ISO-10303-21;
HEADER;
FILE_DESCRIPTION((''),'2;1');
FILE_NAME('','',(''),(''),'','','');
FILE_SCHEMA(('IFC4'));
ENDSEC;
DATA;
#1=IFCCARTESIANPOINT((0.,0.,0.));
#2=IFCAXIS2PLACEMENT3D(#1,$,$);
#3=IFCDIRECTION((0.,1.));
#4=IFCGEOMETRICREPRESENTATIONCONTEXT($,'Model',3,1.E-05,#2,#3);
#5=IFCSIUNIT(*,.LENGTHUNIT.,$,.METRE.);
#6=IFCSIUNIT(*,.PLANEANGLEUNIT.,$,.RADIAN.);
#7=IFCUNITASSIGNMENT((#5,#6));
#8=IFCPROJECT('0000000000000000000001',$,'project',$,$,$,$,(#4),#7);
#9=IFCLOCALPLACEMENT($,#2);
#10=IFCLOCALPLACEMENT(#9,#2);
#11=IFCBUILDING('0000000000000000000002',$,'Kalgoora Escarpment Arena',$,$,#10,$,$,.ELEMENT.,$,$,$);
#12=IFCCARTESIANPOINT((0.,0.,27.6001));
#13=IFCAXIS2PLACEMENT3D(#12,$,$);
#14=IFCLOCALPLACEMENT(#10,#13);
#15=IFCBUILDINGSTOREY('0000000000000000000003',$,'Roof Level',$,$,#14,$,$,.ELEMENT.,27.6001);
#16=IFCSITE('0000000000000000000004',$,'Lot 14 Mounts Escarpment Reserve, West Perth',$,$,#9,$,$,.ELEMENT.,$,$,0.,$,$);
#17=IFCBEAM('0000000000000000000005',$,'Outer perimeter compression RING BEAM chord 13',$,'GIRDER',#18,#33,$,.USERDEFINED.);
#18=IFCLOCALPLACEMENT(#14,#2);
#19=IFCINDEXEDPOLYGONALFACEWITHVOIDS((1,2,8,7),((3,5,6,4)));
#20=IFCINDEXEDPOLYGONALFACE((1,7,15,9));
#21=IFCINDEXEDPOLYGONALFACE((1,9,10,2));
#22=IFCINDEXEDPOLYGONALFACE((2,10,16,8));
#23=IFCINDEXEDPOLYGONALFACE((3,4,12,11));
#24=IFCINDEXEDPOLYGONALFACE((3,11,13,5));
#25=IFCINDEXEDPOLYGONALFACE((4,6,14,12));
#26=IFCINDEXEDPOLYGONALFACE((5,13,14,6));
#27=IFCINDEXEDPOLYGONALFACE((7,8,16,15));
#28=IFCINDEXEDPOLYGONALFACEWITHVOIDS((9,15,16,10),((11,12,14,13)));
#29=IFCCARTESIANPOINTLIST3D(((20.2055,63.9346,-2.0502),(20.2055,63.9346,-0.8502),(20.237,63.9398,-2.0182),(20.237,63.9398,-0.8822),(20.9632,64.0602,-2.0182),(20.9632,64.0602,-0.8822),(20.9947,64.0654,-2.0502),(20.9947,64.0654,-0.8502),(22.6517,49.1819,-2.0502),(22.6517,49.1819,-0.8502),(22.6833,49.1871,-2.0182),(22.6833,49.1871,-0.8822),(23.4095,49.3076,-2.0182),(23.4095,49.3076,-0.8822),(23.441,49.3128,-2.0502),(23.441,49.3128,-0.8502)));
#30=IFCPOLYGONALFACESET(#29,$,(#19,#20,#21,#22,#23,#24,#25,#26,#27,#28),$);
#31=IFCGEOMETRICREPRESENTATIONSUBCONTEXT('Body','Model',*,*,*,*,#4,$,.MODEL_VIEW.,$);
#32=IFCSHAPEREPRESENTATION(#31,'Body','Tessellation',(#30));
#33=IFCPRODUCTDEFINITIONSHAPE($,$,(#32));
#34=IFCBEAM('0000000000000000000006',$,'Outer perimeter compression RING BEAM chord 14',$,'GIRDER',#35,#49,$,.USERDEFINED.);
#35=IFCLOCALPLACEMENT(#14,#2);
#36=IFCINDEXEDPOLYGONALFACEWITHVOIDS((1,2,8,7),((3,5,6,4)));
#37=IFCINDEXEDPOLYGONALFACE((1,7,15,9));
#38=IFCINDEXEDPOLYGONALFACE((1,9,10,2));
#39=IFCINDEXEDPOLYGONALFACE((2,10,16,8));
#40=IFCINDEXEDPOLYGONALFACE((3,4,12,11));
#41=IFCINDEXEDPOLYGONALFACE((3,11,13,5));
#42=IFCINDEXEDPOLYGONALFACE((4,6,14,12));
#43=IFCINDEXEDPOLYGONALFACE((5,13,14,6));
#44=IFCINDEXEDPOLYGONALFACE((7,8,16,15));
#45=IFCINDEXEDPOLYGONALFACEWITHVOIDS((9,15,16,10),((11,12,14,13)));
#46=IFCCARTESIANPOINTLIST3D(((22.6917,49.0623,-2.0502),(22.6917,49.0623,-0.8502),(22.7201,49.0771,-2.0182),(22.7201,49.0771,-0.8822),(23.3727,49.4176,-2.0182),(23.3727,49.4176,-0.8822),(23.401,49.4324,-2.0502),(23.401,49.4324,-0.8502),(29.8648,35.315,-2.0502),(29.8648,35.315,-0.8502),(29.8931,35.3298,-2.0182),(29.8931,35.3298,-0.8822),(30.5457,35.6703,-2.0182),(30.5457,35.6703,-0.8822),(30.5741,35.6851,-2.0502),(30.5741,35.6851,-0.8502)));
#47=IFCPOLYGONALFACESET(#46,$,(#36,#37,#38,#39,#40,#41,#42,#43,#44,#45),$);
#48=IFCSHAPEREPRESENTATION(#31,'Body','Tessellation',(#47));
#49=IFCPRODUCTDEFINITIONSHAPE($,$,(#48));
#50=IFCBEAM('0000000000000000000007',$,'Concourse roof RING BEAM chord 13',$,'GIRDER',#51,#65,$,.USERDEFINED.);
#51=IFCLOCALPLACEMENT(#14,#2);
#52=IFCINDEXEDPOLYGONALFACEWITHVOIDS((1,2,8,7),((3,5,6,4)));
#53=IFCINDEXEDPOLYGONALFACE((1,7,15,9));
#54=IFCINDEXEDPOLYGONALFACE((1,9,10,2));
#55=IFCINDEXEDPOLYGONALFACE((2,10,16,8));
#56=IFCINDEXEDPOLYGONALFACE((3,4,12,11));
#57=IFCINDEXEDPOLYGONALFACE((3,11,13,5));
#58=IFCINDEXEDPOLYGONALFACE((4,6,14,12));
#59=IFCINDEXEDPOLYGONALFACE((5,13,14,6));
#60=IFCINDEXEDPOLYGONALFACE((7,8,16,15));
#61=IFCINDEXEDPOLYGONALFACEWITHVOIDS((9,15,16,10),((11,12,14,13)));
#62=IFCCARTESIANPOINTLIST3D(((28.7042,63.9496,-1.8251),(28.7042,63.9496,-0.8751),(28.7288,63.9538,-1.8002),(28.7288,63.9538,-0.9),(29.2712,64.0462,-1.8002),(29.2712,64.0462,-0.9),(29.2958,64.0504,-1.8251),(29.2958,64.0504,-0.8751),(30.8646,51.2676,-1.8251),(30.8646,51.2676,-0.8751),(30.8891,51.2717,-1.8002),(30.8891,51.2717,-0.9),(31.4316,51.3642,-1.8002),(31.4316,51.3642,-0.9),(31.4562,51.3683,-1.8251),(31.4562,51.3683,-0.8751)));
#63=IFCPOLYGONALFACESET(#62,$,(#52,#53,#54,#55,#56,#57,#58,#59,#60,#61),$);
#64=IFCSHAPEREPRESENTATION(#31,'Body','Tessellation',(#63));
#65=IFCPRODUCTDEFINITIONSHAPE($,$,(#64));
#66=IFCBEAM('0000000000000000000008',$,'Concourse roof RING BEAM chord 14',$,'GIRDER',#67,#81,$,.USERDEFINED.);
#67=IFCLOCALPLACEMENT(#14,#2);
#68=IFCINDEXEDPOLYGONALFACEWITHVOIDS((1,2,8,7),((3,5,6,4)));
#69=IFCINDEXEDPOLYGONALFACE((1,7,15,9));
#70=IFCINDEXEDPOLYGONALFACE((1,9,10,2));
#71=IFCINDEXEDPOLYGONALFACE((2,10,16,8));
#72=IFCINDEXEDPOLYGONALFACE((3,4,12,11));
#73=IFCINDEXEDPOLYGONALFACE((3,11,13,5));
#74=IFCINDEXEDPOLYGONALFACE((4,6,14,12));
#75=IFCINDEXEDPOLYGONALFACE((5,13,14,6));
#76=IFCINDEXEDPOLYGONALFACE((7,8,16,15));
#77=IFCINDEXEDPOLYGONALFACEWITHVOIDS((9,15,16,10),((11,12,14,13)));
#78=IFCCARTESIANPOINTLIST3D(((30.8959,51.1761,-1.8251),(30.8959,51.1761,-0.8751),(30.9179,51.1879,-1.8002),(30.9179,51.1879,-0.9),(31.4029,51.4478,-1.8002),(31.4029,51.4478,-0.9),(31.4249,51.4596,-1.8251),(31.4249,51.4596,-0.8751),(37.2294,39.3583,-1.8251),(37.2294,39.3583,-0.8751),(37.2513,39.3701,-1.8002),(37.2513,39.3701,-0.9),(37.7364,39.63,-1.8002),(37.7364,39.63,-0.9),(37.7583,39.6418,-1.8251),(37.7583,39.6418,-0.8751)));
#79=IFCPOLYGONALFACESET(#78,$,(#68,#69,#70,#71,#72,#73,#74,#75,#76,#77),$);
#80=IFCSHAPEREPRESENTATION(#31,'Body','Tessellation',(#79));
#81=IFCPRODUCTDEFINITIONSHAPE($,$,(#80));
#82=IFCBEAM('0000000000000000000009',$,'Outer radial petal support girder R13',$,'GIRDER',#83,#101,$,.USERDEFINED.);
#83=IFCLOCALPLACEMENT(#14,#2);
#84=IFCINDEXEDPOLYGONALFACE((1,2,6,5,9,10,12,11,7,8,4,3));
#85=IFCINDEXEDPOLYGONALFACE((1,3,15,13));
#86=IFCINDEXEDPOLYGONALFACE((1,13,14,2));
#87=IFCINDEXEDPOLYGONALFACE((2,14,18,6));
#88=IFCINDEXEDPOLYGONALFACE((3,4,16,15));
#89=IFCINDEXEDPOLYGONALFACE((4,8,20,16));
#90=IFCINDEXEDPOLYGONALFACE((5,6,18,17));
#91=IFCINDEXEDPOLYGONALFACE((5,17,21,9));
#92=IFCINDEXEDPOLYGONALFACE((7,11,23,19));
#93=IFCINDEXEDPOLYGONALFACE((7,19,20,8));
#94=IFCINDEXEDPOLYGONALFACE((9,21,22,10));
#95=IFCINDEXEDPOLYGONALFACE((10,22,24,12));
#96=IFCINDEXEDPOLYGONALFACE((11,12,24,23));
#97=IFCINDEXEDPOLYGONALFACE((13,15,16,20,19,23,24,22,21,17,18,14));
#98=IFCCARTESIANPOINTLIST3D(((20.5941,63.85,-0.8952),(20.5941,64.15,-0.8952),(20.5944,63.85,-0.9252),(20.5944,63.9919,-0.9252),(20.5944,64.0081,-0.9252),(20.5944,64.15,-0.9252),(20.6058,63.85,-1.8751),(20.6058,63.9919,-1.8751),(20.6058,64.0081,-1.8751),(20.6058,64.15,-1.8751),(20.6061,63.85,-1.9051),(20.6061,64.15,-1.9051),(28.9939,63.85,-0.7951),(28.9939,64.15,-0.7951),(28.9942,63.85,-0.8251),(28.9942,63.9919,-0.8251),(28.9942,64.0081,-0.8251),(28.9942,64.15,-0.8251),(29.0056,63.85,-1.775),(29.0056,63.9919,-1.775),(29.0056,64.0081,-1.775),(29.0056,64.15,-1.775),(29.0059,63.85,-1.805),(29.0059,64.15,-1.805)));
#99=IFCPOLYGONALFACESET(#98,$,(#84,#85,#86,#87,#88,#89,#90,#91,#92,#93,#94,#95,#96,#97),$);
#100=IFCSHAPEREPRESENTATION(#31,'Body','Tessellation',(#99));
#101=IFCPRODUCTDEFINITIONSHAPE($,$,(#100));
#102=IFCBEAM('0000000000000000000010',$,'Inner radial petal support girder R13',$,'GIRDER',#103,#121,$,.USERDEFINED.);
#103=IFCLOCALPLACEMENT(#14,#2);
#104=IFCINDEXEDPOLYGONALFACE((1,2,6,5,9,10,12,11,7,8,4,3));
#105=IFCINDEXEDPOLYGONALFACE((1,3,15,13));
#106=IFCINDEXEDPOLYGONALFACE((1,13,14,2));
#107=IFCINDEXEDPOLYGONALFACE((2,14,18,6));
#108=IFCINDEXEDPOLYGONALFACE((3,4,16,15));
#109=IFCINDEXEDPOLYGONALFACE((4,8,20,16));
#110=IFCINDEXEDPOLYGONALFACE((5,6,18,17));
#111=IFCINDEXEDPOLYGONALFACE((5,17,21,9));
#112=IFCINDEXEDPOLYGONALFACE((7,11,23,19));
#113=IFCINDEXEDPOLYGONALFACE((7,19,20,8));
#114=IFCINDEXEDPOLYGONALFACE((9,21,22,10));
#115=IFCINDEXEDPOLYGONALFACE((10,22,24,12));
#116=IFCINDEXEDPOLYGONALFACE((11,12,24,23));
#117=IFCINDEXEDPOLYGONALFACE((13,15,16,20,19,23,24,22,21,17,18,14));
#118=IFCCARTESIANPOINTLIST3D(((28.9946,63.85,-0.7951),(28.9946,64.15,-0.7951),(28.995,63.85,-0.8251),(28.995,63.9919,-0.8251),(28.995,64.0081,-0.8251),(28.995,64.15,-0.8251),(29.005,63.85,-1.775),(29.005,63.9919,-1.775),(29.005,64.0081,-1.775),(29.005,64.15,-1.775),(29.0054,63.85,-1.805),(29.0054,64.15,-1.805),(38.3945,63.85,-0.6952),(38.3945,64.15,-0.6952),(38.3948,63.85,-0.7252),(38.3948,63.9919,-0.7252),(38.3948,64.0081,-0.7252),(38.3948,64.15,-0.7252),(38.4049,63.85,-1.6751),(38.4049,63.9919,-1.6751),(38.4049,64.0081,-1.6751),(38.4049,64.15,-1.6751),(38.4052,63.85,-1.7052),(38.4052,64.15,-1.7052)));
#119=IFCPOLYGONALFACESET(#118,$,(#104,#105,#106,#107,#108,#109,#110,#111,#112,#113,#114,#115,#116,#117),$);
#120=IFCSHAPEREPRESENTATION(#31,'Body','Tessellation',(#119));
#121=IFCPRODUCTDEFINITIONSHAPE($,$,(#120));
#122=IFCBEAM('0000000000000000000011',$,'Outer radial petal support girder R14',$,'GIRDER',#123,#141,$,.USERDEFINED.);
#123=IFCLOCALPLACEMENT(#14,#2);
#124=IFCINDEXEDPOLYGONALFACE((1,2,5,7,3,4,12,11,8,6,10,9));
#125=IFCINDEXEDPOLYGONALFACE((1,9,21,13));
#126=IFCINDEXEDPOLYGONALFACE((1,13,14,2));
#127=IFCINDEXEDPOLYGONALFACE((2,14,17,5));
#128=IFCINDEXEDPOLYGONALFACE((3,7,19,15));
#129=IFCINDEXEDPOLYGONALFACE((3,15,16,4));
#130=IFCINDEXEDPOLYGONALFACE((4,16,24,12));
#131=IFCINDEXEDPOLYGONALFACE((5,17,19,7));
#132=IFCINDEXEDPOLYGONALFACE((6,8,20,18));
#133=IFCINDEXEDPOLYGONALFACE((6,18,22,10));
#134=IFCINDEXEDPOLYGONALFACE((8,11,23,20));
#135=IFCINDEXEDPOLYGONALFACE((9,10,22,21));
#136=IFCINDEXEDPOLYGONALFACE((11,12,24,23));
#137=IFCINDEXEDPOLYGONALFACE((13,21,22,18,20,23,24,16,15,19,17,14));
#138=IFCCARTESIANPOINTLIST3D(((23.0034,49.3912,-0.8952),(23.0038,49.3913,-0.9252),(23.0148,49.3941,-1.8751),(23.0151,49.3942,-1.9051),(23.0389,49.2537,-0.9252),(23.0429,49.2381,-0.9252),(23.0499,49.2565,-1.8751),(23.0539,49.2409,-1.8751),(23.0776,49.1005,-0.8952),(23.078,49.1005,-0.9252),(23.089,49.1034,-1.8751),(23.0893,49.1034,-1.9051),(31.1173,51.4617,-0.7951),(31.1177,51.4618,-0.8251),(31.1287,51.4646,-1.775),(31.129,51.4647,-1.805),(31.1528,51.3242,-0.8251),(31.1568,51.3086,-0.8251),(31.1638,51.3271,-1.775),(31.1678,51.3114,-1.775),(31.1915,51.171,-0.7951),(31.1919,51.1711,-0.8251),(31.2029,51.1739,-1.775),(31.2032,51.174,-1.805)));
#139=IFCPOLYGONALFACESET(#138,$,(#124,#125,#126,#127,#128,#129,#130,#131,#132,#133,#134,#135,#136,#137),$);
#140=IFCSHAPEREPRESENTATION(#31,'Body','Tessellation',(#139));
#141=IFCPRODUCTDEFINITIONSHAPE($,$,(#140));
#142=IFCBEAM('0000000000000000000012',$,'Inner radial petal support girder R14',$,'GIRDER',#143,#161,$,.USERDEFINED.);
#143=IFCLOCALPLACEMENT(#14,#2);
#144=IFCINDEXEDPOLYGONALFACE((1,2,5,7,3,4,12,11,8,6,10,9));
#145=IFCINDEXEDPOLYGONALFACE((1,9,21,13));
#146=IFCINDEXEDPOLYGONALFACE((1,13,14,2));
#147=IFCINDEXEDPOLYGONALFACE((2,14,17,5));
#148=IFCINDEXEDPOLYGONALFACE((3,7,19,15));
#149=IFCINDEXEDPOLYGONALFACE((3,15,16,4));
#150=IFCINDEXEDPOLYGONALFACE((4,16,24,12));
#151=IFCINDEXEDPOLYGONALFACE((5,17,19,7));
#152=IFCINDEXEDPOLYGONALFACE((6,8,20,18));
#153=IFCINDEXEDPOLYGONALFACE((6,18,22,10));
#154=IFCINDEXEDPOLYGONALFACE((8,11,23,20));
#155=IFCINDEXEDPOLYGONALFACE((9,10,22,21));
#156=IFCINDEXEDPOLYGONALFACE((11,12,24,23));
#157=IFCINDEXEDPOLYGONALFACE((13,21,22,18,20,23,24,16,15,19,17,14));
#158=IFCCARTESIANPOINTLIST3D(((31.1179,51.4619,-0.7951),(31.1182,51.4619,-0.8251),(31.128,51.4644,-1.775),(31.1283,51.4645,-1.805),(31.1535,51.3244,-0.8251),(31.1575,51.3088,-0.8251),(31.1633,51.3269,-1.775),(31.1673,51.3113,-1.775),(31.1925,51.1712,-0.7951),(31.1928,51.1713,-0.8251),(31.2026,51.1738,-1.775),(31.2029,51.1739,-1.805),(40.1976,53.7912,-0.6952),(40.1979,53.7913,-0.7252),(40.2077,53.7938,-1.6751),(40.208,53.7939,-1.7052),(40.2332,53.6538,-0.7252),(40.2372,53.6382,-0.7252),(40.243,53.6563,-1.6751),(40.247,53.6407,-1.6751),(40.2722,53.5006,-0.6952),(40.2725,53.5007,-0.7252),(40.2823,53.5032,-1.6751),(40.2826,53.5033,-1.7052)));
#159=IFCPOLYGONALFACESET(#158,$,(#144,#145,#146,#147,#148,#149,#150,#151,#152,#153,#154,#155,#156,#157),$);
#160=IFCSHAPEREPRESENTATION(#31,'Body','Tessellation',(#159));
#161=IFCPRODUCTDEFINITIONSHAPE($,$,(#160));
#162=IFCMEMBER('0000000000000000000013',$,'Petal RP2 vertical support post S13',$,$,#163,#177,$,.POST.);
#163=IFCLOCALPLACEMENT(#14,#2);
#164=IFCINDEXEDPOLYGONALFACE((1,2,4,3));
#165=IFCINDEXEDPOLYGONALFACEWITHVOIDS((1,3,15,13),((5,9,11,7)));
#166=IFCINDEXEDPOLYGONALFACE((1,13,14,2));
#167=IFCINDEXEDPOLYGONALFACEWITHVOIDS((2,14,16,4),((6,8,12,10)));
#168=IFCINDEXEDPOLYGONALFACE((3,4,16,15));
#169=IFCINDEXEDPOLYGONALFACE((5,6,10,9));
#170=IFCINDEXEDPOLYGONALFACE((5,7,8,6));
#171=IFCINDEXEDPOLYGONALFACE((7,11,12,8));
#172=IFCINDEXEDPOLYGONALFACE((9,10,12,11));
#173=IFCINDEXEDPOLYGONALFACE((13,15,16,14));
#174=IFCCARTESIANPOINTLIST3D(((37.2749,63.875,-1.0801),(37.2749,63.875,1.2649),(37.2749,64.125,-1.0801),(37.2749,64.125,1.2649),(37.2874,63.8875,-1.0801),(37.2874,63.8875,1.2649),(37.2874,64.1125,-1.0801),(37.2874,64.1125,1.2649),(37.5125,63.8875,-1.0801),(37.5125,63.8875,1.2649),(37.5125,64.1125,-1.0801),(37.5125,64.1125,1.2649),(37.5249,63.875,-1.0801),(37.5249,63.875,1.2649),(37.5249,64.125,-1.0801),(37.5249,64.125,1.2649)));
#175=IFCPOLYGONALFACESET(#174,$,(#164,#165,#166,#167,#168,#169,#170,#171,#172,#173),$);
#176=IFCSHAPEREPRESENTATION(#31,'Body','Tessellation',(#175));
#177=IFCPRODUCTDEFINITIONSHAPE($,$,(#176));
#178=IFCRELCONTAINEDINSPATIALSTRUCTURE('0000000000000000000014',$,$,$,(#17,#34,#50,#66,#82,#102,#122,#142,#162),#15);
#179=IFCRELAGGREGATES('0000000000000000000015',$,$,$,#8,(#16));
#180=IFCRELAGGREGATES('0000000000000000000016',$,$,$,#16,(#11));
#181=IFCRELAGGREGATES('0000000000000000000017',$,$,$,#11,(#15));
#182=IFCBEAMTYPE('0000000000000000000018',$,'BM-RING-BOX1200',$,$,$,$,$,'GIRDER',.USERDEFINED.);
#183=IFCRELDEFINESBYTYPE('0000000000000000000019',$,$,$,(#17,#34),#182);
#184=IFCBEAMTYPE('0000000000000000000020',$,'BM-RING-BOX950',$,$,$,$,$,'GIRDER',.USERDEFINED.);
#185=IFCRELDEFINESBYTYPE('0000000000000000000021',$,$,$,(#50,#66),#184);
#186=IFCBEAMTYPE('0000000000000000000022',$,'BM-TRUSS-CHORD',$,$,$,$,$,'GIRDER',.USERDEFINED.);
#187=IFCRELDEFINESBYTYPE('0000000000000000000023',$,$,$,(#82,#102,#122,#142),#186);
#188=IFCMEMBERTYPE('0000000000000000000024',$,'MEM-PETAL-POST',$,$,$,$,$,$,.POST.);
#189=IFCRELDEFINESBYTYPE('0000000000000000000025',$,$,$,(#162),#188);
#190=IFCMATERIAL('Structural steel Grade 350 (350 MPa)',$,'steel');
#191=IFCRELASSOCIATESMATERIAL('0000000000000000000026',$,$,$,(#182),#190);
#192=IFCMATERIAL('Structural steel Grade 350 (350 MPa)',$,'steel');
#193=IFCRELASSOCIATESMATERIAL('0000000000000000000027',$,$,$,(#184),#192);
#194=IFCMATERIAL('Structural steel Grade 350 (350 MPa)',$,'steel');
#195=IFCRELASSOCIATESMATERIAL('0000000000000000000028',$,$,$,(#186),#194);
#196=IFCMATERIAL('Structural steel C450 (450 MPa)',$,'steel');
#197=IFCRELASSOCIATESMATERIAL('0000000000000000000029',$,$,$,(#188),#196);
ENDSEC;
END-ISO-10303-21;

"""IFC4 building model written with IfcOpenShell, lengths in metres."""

from ifc_helpers import new_model, si_unit, direction, frame, origin, origin_2d, place, context, subcontext, project, spatial, hollow_rectangle, i_section, extrude, material, material_profile, profile_set, type_object, element, save


model = new_model("IFC4")

# Units and contexts
model_context = context("Model", 3, precision=1e-05, world=origin(), true_north=direction((0.0, 1.0)))
body_context = subcontext(model_context, "Body", "Model", "MODEL_VIEW")
ifc_project = project(units=[si_unit("LENGTHUNIT", "METRE"), si_unit("PLANEANGLEUNIT", "RADIAN")], contexts=[model_context])

# Site, building, storey
site_placement = place(None, origin())
site = spatial("IfcSite", under=ifc_project, at=site_placement, Name="Lot 14 Mounts Escarpment Reserve, West Perth", CompositionType="ELEMENT", RefElevation=0.0)
building_placement = place(site_placement, origin())
building = spatial("IfcBuilding", under=site, at=building_placement, Name="Kalgoora Escarpment Arena", CompositionType="ELEMENT")
storey_placement = place(building_placement, frame((0.0, 0.0, 27.6001)))
storey = spatial("IfcBuildingStorey", under=building, at=storey_placement, Name="Roof Level", CompositionType="ELEMENT", Elevation=27.6001)

# Beams
ifc_material_1 = material(Name="Structural steel Grade 350 (350 MPa)", Category="steel")
ifc_material_profile_1 = material_profile(ifc_material_1, hollow_rectangle(XDim=0.8, YDim=1.2, WallThickness=0.032, at=origin_2d()))
ifc_profile_set_1 = profile_set([ifc_material_profile_1], Name="Structural steel Grade 350 (350 MPa)")
beam_type_1 = type_object("IfcBeamType", Name="BM-RING-BOX1200", ElementType="GIRDER", PredefinedType="USERDEFINED", material=ifc_profile_set_1)
beam_1_placement = place(storey_placement, frame((20.6001, 64.0, -1.4502), z_axis=(0.163586, -0.986529, 0.0), x_axis=(0.986529, 0.163586, 0.0)))
element("IfcBeam", 1, at=beam_1_placement, inside=storey, type_object=beam_type_1, Name="Outer perimeter compression RING BEAM chord 13", ObjectType="GIRDER", PredefinedType="USERDEFINED", context=body_context, shape_type="SweptSolid", body=[
    extrude(hollow_rectangle(XDim=0.8, YDim=1.2, WallThickness=0.032, at=origin_2d()), origin(), (0.0, 0.0, 1.0), 14.9541),
])
beam_2_placement = place(storey_placement, frame((23.0464, 49.2473, -1.4502), z_axis=(0.462596, -0.886569, 0.0), x_axis=(0.886569, 0.462596, 0.0)))
element("IfcBeam", 2, at=beam_2_placement, inside=storey, type_object=beam_type_1, Name="Outer perimeter compression RING BEAM chord 14", ObjectType="GIRDER", PredefinedType="USERDEFINED", context=body_context, shape_type="SweptSolid", body=[
    extrude(hollow_rectangle(XDim=0.8, YDim=1.2, WallThickness=0.032, at=origin_2d()), origin(), (0.0, 0.0, 1.0), 15.5061),
])
ifc_material_2 = material(Name="Structural steel Grade 350 (350 MPa)", Category="steel")
ifc_material_profile_2 = material_profile(ifc_material_2, hollow_rectangle(XDim=0.6001, YDim=0.95, WallThickness=0.0249, at=origin_2d()))
ifc_profile_set_2 = profile_set([ifc_material_profile_2], Name="Structural steel Grade 350 (350 MPa)")
beam_type_2 = type_object("IfcBeamType", Name="BM-RING-BOX950", ElementType="GIRDER", PredefinedType="USERDEFINED", material=ifc_profile_set_2)
beam_3_placement = place(storey_placement, frame((29.0, 64.0, -1.3501), z_axis=(0.167931, -0.985799, 0.0), x_axis=(0.985799, 0.167931, 0.0)))
element("IfcBeam", 3, at=beam_3_placement, inside=storey, type_object=beam_type_2, Name="Concourse roof RING BEAM chord 13", ObjectType="GIRDER", PredefinedType="USERDEFINED", context=body_context, shape_type="SweptSolid", body=[
    extrude(hollow_rectangle(XDim=0.6001, YDim=0.95, WallThickness=0.0249, at=origin_2d()), origin(), (0.0, 0.0, 1.0), 12.8647),
])
beam_4_placement = place(storey_placement, frame((31.1604, 51.3179, -1.3501), z_axis=(0.472366, -0.881403, 0.0), x_axis=(0.881403, 0.472366, 0.0)))
element("IfcBeam", 4, at=beam_4_placement, inside=storey, type_object=beam_type_2, Name="Concourse roof RING BEAM chord 14", ObjectType="GIRDER", PredefinedType="USERDEFINED", context=body_context, shape_type="SweptSolid", body=[
    extrude(hollow_rectangle(XDim=0.6001, YDim=0.95, WallThickness=0.0249, at=origin_2d()), origin(), (0.0, 0.0, 1.0), 13.408),
])
ifc_material_3 = material(Name="Structural steel Grade 350 (350 MPa)", Category="steel")
ifc_material_profile_3 = material_profile(ifc_material_3, i_section(OverallWidth=0.3, OverallDepth=1.01, WebThickness=0.0161, FlangeThickness=0.03, at=origin_2d()))
ifc_profile_set_3 = profile_set([ifc_material_profile_3], Name="Structural steel Grade 350 (350 MPa)")
beam_type_3 = type_object("IfcBeamType", Name="BM-TRUSS-CHORD", ElementType="GIRDER", PredefinedType="USERDEFINED", material=ifc_profile_set_3)
beam_5_placement = place(storey_placement, frame((20.6001, 64.0, -1.4001), z_axis=(0.999929, 0.0, 0.011916), x_axis=(0.0, 1.0, 0.0)))
element("IfcBeam", 5, at=beam_5_placement, inside=storey, type_object=beam_type_3, Name="Outer radial petal support girder R13", ObjectType="GIRDER", PredefinedType="USERDEFINED", context=body_context, shape_type="SweptSolid", body=[
    extrude(i_section(OverallWidth=0.3, OverallDepth=1.01, WebThickness=0.0161, FlangeThickness=0.03, at=origin_2d()), origin(), (0.0, 0.0, 1.0), 8.4004),
])
beam_6_placement = place(storey_placement, frame((29.0, 64.0, -1.3), z_axis=(0.999944, 0.0, 0.010622), x_axis=(0.0, 1.0, 0.0)))
element("IfcBeam", 6, at=beam_6_placement, inside=storey, type_object=beam_type_3, Name="Inner radial petal support girder R13", ObjectType="GIRDER", PredefinedType="USERDEFINED", context=body_context, shape_type="SweptSolid", body=[
    extrude(i_section(OverallWidth=0.3, OverallDepth=1.01, WebThickness=0.0161, FlangeThickness=0.03, at=origin_2d()), origin(), (0.0, 0.0, 1.0), 9.4004),
])
beam_7_placement = place(storey_placement, frame((23.0464, 49.2473, -1.4001), z_axis=(0.96888, 0.247242, 0.011952), x_axis=(-0.247259, 0.968949, 0.0)))
element("IfcBeam", 7, at=beam_7_placement, inside=storey, type_object=beam_type_3, Name="Outer radial petal support girder R14", ObjectType="GIRDER", PredefinedType="USERDEFINED", context=body_context, shape_type="SweptSolid", body=[
    extrude(i_section(OverallWidth=0.3, OverallDepth=1.01, WebThickness=0.0161, FlangeThickness=0.03, at=origin_2d()), origin(), (0.0, 0.0, 1.0), 8.3745),
])
beam_8_placement = place(storey_placement, frame((31.1604, 51.3179, -1.3), z_axis=(0.968577, 0.248486, 0.010652), x_axis=(-0.2485, 0.968632, 0.0)))
element("IfcBeam", 8, at=beam_8_placement, inside=storey, type_object=beam_type_3, Name="Inner radial petal support girder R14", ObjectType="GIRDER", PredefinedType="USERDEFINED", context=body_context, shape_type="SweptSolid", body=[
    extrude(i_section(OverallWidth=0.3, OverallDepth=1.01, WebThickness=0.0161, FlangeThickness=0.03, at=origin_2d()), origin(), (0.0, 0.0, 1.0), 9.3743),
])

# Member
ifc_material_4 = material(Name="Structural steel C450 (450 MPa)", Category="steel")
ifc_material_profile_4 = material_profile(ifc_material_4, hollow_rectangle(XDim=0.25, YDim=0.25, WallThickness=0.0125, at=origin_2d()))
ifc_profile_set_4 = profile_set([ifc_material_profile_4], Name="Structural steel C450 (450 MPa)")
member_type_1 = type_object("IfcMemberType", Name="MEM-PETAL-POST", PredefinedType="POST", material=ifc_profile_set_4)
member_1_placement = place(storey_placement, frame((37.3999, 64.0, -1.0801), z_axis=(0.0, 0.0, 1.0), x_axis=(1.0, 0.0, 0.0)))
element("IfcMember", 9, at=member_1_placement, inside=storey, type_object=member_type_1, Name="Petal RP2 vertical support post S13", PredefinedType="POST", context=body_context, shape_type="SweptSolid", body=[
    extrude(hollow_rectangle(XDim=0.25, YDim=0.25, WallThickness=0.0125, at=origin_2d()), origin(), (0.0, 0.0, 1.0), 2.345),
])

save(model, "model.ifc")
